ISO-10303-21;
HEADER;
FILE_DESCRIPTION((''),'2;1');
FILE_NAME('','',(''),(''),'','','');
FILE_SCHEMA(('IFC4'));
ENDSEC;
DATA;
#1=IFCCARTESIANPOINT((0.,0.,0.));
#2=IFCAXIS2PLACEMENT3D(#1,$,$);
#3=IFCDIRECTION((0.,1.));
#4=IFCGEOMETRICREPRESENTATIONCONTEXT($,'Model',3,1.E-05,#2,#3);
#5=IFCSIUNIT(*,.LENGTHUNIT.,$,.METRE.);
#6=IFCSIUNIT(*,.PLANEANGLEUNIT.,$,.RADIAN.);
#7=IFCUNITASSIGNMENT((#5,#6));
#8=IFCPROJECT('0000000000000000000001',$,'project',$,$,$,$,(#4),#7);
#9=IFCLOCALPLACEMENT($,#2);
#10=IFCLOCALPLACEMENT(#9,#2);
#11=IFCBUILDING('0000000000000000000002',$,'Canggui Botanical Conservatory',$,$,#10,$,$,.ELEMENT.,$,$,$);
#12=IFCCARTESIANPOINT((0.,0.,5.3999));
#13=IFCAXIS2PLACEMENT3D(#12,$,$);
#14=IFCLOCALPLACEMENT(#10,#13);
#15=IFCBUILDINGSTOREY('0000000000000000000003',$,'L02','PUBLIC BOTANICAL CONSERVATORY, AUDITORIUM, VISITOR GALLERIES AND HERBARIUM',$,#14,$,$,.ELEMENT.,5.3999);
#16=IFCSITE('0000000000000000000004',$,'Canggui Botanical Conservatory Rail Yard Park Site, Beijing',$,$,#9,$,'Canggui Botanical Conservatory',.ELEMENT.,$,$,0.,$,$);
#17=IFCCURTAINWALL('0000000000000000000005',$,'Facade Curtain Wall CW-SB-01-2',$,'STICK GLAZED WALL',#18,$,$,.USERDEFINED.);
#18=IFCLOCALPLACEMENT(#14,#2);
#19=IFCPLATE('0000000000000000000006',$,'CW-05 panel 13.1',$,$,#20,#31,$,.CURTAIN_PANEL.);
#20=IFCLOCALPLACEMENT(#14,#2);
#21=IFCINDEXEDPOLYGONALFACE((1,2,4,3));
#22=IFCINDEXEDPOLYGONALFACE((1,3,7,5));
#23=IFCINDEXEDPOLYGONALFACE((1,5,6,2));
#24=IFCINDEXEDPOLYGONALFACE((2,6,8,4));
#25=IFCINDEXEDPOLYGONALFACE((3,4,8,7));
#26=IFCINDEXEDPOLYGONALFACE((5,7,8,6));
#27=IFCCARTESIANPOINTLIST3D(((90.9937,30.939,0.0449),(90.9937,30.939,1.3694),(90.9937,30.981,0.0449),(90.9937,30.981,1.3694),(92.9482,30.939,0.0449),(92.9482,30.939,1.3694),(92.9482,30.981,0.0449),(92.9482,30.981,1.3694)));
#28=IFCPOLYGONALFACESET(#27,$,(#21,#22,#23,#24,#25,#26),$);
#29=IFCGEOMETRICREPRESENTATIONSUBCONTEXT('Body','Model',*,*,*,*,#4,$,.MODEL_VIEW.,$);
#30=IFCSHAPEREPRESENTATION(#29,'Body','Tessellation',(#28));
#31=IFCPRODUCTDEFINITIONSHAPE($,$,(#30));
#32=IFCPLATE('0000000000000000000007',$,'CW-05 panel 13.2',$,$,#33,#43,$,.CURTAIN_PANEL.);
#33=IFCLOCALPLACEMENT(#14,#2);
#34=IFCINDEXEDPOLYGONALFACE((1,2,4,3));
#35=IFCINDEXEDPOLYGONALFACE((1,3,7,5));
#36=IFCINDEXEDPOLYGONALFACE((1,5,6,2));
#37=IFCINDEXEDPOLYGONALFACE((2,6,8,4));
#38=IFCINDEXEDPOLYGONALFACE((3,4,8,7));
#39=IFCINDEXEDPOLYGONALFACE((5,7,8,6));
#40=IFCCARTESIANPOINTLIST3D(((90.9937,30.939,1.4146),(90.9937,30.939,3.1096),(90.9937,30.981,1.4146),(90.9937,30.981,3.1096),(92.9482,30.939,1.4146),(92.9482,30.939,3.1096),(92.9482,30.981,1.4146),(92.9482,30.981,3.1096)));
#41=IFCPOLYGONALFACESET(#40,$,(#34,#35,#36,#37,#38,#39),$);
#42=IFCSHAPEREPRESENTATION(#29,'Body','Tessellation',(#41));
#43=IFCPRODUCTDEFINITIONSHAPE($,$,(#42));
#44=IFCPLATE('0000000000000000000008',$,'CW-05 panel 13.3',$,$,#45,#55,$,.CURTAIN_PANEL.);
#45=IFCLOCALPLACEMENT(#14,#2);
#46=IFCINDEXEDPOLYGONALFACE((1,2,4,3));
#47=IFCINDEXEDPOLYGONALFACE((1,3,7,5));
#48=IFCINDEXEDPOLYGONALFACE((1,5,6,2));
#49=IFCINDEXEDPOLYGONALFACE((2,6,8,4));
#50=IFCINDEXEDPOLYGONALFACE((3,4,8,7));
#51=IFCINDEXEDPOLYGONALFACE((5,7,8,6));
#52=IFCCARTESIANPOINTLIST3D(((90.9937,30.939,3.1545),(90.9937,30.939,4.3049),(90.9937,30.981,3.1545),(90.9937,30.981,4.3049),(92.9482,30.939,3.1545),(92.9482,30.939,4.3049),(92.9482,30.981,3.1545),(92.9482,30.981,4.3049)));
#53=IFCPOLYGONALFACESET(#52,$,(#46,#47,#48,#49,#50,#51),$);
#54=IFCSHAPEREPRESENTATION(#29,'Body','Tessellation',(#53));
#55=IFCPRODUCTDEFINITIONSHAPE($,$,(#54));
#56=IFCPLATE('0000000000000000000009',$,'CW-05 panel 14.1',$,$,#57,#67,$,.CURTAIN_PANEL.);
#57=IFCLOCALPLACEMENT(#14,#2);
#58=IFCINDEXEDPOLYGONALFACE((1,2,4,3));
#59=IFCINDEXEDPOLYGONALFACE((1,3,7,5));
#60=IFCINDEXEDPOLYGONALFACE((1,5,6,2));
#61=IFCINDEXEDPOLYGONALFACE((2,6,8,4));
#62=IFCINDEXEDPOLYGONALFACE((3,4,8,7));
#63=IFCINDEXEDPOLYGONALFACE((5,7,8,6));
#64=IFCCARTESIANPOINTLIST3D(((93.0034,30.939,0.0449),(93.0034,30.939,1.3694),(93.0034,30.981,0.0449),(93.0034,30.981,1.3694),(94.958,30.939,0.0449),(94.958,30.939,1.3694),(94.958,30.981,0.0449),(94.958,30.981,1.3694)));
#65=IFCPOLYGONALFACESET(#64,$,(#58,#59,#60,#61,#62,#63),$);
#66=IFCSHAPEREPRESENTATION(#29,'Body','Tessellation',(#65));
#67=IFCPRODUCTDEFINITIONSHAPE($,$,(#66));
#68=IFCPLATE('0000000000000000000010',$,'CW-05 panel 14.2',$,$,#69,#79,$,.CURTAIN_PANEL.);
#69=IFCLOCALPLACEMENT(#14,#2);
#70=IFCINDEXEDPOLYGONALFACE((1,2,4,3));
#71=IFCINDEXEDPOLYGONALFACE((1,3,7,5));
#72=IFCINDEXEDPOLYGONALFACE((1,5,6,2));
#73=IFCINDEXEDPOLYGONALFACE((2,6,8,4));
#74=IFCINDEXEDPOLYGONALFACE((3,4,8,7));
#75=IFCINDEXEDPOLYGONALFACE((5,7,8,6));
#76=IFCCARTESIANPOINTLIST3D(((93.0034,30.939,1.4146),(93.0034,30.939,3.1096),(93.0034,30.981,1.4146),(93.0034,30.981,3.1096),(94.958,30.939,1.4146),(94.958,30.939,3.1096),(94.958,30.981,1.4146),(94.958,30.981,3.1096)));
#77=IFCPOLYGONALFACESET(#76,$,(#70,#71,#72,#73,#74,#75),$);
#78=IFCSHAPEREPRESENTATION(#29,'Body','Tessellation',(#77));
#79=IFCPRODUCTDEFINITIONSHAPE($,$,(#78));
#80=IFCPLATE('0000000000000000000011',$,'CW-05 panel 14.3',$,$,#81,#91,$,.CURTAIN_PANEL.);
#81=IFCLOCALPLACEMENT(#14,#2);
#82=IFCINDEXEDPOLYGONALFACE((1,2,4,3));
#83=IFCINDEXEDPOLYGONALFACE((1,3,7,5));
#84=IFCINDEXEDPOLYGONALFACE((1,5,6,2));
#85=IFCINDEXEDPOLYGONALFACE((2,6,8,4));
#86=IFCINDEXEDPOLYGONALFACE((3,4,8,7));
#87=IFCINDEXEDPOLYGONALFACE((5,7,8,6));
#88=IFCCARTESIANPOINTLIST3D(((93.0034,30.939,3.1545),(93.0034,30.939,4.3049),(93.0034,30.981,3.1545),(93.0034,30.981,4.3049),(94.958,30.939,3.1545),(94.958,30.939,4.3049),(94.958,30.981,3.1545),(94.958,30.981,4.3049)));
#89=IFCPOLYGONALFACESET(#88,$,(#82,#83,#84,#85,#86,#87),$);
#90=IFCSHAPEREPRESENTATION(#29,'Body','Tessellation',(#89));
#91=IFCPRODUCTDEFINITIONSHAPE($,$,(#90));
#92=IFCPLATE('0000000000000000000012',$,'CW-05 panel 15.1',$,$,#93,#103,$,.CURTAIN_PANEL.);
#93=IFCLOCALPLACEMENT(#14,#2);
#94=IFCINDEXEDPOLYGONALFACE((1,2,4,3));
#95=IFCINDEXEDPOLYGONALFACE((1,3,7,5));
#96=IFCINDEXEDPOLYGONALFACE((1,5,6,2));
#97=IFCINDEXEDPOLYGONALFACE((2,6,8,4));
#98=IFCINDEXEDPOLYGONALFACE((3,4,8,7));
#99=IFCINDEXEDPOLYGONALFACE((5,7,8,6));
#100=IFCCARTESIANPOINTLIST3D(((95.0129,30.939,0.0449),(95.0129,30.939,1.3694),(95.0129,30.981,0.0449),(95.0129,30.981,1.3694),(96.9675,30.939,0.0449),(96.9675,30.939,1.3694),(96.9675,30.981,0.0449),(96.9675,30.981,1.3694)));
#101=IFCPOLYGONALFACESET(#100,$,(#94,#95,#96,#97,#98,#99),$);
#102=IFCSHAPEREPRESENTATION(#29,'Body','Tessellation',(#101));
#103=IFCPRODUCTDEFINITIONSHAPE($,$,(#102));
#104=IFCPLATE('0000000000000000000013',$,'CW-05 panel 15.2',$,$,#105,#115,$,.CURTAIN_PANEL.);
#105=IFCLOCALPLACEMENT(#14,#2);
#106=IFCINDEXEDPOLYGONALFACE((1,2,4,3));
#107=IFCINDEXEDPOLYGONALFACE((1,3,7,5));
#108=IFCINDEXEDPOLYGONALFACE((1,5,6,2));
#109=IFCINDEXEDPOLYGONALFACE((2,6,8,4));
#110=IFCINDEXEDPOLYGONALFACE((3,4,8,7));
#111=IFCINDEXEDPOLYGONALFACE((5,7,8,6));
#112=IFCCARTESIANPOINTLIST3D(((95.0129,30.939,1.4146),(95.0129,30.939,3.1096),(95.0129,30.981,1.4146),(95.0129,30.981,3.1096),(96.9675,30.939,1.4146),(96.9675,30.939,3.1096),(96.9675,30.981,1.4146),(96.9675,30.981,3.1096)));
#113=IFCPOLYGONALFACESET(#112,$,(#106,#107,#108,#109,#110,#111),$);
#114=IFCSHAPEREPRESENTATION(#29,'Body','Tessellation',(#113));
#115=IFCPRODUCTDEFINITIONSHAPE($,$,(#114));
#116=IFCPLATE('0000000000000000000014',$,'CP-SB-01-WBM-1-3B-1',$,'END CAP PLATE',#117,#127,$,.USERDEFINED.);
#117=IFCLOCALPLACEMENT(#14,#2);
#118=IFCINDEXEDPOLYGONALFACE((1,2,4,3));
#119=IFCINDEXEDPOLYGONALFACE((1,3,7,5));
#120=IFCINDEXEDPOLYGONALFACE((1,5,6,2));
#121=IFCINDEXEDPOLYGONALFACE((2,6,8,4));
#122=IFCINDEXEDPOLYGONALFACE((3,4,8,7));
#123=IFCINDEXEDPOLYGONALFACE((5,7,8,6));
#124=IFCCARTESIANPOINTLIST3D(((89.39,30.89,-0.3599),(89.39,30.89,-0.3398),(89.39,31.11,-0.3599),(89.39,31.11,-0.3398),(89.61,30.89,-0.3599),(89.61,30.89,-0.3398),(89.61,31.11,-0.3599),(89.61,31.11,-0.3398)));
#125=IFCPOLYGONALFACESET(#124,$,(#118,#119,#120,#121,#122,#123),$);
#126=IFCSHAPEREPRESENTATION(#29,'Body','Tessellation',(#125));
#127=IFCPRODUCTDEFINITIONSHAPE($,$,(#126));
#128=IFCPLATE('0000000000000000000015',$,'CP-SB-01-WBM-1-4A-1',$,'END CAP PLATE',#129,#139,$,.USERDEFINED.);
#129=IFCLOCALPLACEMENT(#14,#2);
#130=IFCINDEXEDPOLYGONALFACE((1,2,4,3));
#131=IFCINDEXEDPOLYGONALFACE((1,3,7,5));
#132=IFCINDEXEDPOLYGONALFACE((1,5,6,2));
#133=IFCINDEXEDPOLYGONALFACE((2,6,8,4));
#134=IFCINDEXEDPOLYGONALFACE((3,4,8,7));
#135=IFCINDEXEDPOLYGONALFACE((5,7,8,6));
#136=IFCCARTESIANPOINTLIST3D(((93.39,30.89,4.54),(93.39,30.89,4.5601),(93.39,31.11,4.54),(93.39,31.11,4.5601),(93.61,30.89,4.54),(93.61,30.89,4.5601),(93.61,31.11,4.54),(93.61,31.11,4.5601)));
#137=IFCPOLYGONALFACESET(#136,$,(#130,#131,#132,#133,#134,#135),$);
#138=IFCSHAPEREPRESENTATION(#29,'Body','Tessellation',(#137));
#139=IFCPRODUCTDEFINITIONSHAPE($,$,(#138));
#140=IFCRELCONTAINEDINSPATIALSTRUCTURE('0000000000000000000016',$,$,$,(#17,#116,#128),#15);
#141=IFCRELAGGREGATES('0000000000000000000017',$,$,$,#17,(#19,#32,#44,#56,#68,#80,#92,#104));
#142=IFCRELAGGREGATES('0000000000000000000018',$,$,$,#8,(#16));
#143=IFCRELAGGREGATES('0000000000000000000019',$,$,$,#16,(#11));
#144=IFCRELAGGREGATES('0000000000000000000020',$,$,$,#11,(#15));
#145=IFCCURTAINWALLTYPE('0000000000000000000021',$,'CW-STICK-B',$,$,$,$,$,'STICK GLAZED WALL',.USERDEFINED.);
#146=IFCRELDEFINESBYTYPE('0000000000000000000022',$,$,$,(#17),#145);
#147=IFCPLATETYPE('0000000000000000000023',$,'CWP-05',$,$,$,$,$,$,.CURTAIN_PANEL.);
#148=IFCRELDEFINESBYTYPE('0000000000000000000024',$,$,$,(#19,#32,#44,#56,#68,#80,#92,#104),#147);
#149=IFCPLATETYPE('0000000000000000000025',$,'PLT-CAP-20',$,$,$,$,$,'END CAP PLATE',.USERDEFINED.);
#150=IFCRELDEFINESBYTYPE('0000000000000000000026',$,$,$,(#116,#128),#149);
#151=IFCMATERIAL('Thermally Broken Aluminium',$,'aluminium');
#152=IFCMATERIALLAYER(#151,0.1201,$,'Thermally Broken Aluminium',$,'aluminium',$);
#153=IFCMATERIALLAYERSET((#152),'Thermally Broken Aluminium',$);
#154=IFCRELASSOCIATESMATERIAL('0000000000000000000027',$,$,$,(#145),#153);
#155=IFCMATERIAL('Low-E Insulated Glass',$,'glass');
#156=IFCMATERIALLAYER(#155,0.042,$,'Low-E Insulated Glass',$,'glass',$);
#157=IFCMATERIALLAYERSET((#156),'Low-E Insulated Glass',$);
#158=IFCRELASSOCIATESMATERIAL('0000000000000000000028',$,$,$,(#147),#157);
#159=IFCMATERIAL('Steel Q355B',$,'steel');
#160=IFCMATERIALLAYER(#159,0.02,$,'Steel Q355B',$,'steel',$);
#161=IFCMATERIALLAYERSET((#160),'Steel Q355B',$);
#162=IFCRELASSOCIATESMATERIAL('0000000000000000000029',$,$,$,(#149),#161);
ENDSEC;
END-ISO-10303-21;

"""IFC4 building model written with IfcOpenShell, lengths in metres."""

from ifc_helpers import new_model, si_unit, direction, frame, origin, origin_2d, place, context, subcontext, project, spatial, rectangle, extrude, material, layer, layer_set, type_object, element, aggregate, save


model = new_model("IFC4")

# Units and contexts
model_context = context("Model", 3, precision=1e-05, world=origin(), true_north=direction((0.0, 1.0)))
body_context = subcontext(model_context, "Body", "Model", "MODEL_VIEW")
ifc_project = project(units=[si_unit("LENGTHUNIT", "METRE"), si_unit("PLANEANGLEUNIT", "RADIAN")], contexts=[model_context])

# Site, building, storey
site_placement = place(None, origin())
site = spatial("IfcSite", under=ifc_project, at=site_placement, Name="Canggui Botanical Conservatory Rail Yard Park Site, Beijing", LongName="Canggui Botanical Conservatory", CompositionType="ELEMENT", RefElevation=0.0)
building_placement = place(site_placement, origin())
building = spatial("IfcBuilding", under=site, at=building_placement, Name="Canggui Botanical Conservatory", CompositionType="ELEMENT")
storey_placement = place(building_placement, frame((0.0, 0.0, 5.3999)))
storey = spatial("IfcBuildingStorey", under=building, at=storey_placement, Name="L02", Description="PUBLIC BOTANICAL CONSERVATORY, AUDITORIUM, VISITOR GALLERIES AND HERBARIUM", CompositionType="ELEMENT", Elevation=5.3999)

# Shared definitions
ifc_material_1 = material(Name="Steel Q355B", Category="steel")

# Curtain wall
ifc_material_2 = material(Name="Thermally Broken Aluminium", Category="aluminium")
ifc_layer_1 = layer(ifc_material_2, 0.1201, Name="Thermally Broken Aluminium", Category="aluminium")
ifc_layer_set_1 = layer_set([ifc_layer_1], Name="Thermally Broken Aluminium")
curtain_wall_type = type_object("IfcCurtainWallType", Name="CW-STICK-B", ElementType="STICK GLAZED WALL", PredefinedType="USERDEFINED", material=ifc_layer_set_1)
curtain_wall_placement = place(storey_placement, origin())
curtain_wall = element("IfcCurtainWall", 1, at=curtain_wall_placement, inside=storey, type_object=curtain_wall_type, Name="Facade Curtain Wall CW-SB-01-2", ObjectType="STICK GLAZED WALL", PredefinedType="USERDEFINED")

# Plates
ifc_material_3 = material(Name="Low-E Insulated Glass", Category="glass")
ifc_layer_2 = layer(ifc_material_3, 0.042, Name="Low-E Insulated Glass", Category="glass")
ifc_layer_set_2 = layer_set([ifc_layer_2], Name="Low-E Insulated Glass")
plate_type_1 = type_object("IfcPlateType", Name="CWP-05", PredefinedType="CURTAIN_PANEL", material=ifc_layer_set_2)
plate_1_placement = place(storey_placement, frame((91.9709, 30.96, 0.0449), z_axis=(0.0, 0.0, 1.0), x_axis=(1.0, 0.0, 0.0)))
plate_1 = element("IfcPlate", 2, at=plate_1_placement, type_object=plate_type_1, Name="CW-05 panel 13.1", PredefinedType="CURTAIN_PANEL", context=body_context, shape_type="SweptSolid", body=[
    extrude(rectangle(XDim=1.9546, YDim=0.042, at=origin_2d()), origin(), (0.0, 0.0, 1.0), 1.3245),
])
plate_2_placement = place(storey_placement, frame((91.9709, 30.96, 1.4146), z_axis=(0.0, 0.0, 1.0), x_axis=(1.0, 0.0, 0.0)))
plate_2 = element("IfcPlate", 3, at=plate_2_placement, type_object=plate_type_1, Name="CW-05 panel 13.2", PredefinedType="CURTAIN_PANEL", context=body_context, shape_type="SweptSolid", body=[
    extrude(rectangle(XDim=1.9546, YDim=0.042, at=origin_2d()), origin(), (0.0, 0.0, 1.0), 1.6951),
])
plate_3_placement = place(storey_placement, frame((91.9709, 30.96, 3.1545), z_axis=(0.0, 0.0, 1.0), x_axis=(1.0, 0.0, 0.0)))
plate_3 = element("IfcPlate", 4, at=plate_3_placement, type_object=plate_type_1, Name="CW-05 panel 13.3", PredefinedType="CURTAIN_PANEL", context=body_context, shape_type="SweptSolid", body=[
    extrude(rectangle(XDim=1.9546, YDim=0.042, at=origin_2d()), origin(), (0.0, 0.0, 1.0), 1.1504),
])
plate_4_placement = place(storey_placement, frame((93.9807, 30.96, 0.0449), z_axis=(0.0, 0.0, 1.0), x_axis=(1.0, 0.0, 0.0)))
plate_4 = element("IfcPlate", 5, at=plate_4_placement, type_object=plate_type_1, Name="CW-05 panel 14.1", PredefinedType="CURTAIN_PANEL", context=body_context, shape_type="SweptSolid", body=[
    extrude(rectangle(XDim=1.9546, YDim=0.042, at=origin_2d()), origin(), (0.0, 0.0, 1.0), 1.3245),
])
plate_5_placement = place(storey_placement, frame((93.9807, 30.96, 1.4146), z_axis=(0.0, 0.0, 1.0), x_axis=(1.0, 0.0, 0.0)))
plate_5 = element("IfcPlate", 6, at=plate_5_placement, type_object=plate_type_1, Name="CW-05 panel 14.2", PredefinedType="CURTAIN_PANEL", context=body_context, shape_type="SweptSolid", body=[
    extrude(rectangle(XDim=1.9546, YDim=0.042, at=origin_2d()), origin(), (0.0, 0.0, 1.0), 1.6951),
])
plate_6_placement = place(storey_placement, frame((93.9807, 30.96, 3.1545), z_axis=(0.0, 0.0, 1.0), x_axis=(1.0, 0.0, 0.0)))
plate_6 = element("IfcPlate", 7, at=plate_6_placement, type_object=plate_type_1, Name="CW-05 panel 14.3", PredefinedType="CURTAIN_PANEL", context=body_context, shape_type="SweptSolid", body=[
    extrude(rectangle(XDim=1.9546, YDim=0.042, at=origin_2d()), origin(), (0.0, 0.0, 1.0), 1.1504),
])
plate_7_placement = place(storey_placement, frame((95.9902, 30.96, 0.0449), z_axis=(0.0, 0.0, 1.0), x_axis=(1.0, 0.0, 0.0)))
plate_7 = element("IfcPlate", 8, at=plate_7_placement, type_object=plate_type_1, Name="CW-05 panel 15.1", PredefinedType="CURTAIN_PANEL", context=body_context, shape_type="SweptSolid", body=[
    extrude(rectangle(XDim=1.9546, YDim=0.042, at=origin_2d()), origin(), (0.0, 0.0, 1.0), 1.3245),
])
plate_8_placement = place(storey_placement, frame((95.9902, 30.96, 1.4146), z_axis=(0.0, 0.0, 1.0), x_axis=(1.0, 0.0, 0.0)))
plate_8 = element("IfcPlate", 9, at=plate_8_placement, type_object=plate_type_1, Name="CW-05 panel 15.2", PredefinedType="CURTAIN_PANEL", context=body_context, shape_type="SweptSolid", body=[
    extrude(rectangle(XDim=1.9546, YDim=0.042, at=origin_2d()), origin(), (0.0, 0.0, 1.0), 1.6951),
])
aggregate(curtain_wall, [plate_1, plate_2, plate_3, plate_4, plate_5, plate_6, plate_7, plate_8])

# Plates
ifc_layer_3 = layer(ifc_material_1, 0.02, Name="Steel Q355B", Category="steel")
ifc_layer_set_3 = layer_set([ifc_layer_3], Name="Steel Q355B")
plate_type_2 = type_object("IfcPlateType", Name="PLT-CAP-20", ElementType="END CAP PLATE", PredefinedType="USERDEFINED", material=ifc_layer_set_3)
for number, where, z_axis, x_axis, name in (
    (10, (89.5, 31.0, -0.3599), (0.0, 0.0, 1.0), (1.0, 0.0, 0.0), "CP-SB-01-WBM-1-3B-1"),
    (11, (93.5, 31.0, 4.54), (0.0, 0.0, 1.0), (1.0, 0.0, 0.0), "CP-SB-01-WBM-1-4A-1"),
):
    element("IfcPlate", number, at=place(storey_placement, frame(where, z_axis=z_axis, x_axis=x_axis)), inside=storey, type_object=plate_type_2, Name=name, ObjectType="END CAP PLATE", PredefinedType="USERDEFINED", context=body_context, shape_type="SweptSolid", body=[
        extrude(rectangle(XDim=0.22, YDim=0.22, at=origin_2d()), origin(), (0.0, 0.0, 1.0), 0.02),
    ])

save(model, "model.ifc")
